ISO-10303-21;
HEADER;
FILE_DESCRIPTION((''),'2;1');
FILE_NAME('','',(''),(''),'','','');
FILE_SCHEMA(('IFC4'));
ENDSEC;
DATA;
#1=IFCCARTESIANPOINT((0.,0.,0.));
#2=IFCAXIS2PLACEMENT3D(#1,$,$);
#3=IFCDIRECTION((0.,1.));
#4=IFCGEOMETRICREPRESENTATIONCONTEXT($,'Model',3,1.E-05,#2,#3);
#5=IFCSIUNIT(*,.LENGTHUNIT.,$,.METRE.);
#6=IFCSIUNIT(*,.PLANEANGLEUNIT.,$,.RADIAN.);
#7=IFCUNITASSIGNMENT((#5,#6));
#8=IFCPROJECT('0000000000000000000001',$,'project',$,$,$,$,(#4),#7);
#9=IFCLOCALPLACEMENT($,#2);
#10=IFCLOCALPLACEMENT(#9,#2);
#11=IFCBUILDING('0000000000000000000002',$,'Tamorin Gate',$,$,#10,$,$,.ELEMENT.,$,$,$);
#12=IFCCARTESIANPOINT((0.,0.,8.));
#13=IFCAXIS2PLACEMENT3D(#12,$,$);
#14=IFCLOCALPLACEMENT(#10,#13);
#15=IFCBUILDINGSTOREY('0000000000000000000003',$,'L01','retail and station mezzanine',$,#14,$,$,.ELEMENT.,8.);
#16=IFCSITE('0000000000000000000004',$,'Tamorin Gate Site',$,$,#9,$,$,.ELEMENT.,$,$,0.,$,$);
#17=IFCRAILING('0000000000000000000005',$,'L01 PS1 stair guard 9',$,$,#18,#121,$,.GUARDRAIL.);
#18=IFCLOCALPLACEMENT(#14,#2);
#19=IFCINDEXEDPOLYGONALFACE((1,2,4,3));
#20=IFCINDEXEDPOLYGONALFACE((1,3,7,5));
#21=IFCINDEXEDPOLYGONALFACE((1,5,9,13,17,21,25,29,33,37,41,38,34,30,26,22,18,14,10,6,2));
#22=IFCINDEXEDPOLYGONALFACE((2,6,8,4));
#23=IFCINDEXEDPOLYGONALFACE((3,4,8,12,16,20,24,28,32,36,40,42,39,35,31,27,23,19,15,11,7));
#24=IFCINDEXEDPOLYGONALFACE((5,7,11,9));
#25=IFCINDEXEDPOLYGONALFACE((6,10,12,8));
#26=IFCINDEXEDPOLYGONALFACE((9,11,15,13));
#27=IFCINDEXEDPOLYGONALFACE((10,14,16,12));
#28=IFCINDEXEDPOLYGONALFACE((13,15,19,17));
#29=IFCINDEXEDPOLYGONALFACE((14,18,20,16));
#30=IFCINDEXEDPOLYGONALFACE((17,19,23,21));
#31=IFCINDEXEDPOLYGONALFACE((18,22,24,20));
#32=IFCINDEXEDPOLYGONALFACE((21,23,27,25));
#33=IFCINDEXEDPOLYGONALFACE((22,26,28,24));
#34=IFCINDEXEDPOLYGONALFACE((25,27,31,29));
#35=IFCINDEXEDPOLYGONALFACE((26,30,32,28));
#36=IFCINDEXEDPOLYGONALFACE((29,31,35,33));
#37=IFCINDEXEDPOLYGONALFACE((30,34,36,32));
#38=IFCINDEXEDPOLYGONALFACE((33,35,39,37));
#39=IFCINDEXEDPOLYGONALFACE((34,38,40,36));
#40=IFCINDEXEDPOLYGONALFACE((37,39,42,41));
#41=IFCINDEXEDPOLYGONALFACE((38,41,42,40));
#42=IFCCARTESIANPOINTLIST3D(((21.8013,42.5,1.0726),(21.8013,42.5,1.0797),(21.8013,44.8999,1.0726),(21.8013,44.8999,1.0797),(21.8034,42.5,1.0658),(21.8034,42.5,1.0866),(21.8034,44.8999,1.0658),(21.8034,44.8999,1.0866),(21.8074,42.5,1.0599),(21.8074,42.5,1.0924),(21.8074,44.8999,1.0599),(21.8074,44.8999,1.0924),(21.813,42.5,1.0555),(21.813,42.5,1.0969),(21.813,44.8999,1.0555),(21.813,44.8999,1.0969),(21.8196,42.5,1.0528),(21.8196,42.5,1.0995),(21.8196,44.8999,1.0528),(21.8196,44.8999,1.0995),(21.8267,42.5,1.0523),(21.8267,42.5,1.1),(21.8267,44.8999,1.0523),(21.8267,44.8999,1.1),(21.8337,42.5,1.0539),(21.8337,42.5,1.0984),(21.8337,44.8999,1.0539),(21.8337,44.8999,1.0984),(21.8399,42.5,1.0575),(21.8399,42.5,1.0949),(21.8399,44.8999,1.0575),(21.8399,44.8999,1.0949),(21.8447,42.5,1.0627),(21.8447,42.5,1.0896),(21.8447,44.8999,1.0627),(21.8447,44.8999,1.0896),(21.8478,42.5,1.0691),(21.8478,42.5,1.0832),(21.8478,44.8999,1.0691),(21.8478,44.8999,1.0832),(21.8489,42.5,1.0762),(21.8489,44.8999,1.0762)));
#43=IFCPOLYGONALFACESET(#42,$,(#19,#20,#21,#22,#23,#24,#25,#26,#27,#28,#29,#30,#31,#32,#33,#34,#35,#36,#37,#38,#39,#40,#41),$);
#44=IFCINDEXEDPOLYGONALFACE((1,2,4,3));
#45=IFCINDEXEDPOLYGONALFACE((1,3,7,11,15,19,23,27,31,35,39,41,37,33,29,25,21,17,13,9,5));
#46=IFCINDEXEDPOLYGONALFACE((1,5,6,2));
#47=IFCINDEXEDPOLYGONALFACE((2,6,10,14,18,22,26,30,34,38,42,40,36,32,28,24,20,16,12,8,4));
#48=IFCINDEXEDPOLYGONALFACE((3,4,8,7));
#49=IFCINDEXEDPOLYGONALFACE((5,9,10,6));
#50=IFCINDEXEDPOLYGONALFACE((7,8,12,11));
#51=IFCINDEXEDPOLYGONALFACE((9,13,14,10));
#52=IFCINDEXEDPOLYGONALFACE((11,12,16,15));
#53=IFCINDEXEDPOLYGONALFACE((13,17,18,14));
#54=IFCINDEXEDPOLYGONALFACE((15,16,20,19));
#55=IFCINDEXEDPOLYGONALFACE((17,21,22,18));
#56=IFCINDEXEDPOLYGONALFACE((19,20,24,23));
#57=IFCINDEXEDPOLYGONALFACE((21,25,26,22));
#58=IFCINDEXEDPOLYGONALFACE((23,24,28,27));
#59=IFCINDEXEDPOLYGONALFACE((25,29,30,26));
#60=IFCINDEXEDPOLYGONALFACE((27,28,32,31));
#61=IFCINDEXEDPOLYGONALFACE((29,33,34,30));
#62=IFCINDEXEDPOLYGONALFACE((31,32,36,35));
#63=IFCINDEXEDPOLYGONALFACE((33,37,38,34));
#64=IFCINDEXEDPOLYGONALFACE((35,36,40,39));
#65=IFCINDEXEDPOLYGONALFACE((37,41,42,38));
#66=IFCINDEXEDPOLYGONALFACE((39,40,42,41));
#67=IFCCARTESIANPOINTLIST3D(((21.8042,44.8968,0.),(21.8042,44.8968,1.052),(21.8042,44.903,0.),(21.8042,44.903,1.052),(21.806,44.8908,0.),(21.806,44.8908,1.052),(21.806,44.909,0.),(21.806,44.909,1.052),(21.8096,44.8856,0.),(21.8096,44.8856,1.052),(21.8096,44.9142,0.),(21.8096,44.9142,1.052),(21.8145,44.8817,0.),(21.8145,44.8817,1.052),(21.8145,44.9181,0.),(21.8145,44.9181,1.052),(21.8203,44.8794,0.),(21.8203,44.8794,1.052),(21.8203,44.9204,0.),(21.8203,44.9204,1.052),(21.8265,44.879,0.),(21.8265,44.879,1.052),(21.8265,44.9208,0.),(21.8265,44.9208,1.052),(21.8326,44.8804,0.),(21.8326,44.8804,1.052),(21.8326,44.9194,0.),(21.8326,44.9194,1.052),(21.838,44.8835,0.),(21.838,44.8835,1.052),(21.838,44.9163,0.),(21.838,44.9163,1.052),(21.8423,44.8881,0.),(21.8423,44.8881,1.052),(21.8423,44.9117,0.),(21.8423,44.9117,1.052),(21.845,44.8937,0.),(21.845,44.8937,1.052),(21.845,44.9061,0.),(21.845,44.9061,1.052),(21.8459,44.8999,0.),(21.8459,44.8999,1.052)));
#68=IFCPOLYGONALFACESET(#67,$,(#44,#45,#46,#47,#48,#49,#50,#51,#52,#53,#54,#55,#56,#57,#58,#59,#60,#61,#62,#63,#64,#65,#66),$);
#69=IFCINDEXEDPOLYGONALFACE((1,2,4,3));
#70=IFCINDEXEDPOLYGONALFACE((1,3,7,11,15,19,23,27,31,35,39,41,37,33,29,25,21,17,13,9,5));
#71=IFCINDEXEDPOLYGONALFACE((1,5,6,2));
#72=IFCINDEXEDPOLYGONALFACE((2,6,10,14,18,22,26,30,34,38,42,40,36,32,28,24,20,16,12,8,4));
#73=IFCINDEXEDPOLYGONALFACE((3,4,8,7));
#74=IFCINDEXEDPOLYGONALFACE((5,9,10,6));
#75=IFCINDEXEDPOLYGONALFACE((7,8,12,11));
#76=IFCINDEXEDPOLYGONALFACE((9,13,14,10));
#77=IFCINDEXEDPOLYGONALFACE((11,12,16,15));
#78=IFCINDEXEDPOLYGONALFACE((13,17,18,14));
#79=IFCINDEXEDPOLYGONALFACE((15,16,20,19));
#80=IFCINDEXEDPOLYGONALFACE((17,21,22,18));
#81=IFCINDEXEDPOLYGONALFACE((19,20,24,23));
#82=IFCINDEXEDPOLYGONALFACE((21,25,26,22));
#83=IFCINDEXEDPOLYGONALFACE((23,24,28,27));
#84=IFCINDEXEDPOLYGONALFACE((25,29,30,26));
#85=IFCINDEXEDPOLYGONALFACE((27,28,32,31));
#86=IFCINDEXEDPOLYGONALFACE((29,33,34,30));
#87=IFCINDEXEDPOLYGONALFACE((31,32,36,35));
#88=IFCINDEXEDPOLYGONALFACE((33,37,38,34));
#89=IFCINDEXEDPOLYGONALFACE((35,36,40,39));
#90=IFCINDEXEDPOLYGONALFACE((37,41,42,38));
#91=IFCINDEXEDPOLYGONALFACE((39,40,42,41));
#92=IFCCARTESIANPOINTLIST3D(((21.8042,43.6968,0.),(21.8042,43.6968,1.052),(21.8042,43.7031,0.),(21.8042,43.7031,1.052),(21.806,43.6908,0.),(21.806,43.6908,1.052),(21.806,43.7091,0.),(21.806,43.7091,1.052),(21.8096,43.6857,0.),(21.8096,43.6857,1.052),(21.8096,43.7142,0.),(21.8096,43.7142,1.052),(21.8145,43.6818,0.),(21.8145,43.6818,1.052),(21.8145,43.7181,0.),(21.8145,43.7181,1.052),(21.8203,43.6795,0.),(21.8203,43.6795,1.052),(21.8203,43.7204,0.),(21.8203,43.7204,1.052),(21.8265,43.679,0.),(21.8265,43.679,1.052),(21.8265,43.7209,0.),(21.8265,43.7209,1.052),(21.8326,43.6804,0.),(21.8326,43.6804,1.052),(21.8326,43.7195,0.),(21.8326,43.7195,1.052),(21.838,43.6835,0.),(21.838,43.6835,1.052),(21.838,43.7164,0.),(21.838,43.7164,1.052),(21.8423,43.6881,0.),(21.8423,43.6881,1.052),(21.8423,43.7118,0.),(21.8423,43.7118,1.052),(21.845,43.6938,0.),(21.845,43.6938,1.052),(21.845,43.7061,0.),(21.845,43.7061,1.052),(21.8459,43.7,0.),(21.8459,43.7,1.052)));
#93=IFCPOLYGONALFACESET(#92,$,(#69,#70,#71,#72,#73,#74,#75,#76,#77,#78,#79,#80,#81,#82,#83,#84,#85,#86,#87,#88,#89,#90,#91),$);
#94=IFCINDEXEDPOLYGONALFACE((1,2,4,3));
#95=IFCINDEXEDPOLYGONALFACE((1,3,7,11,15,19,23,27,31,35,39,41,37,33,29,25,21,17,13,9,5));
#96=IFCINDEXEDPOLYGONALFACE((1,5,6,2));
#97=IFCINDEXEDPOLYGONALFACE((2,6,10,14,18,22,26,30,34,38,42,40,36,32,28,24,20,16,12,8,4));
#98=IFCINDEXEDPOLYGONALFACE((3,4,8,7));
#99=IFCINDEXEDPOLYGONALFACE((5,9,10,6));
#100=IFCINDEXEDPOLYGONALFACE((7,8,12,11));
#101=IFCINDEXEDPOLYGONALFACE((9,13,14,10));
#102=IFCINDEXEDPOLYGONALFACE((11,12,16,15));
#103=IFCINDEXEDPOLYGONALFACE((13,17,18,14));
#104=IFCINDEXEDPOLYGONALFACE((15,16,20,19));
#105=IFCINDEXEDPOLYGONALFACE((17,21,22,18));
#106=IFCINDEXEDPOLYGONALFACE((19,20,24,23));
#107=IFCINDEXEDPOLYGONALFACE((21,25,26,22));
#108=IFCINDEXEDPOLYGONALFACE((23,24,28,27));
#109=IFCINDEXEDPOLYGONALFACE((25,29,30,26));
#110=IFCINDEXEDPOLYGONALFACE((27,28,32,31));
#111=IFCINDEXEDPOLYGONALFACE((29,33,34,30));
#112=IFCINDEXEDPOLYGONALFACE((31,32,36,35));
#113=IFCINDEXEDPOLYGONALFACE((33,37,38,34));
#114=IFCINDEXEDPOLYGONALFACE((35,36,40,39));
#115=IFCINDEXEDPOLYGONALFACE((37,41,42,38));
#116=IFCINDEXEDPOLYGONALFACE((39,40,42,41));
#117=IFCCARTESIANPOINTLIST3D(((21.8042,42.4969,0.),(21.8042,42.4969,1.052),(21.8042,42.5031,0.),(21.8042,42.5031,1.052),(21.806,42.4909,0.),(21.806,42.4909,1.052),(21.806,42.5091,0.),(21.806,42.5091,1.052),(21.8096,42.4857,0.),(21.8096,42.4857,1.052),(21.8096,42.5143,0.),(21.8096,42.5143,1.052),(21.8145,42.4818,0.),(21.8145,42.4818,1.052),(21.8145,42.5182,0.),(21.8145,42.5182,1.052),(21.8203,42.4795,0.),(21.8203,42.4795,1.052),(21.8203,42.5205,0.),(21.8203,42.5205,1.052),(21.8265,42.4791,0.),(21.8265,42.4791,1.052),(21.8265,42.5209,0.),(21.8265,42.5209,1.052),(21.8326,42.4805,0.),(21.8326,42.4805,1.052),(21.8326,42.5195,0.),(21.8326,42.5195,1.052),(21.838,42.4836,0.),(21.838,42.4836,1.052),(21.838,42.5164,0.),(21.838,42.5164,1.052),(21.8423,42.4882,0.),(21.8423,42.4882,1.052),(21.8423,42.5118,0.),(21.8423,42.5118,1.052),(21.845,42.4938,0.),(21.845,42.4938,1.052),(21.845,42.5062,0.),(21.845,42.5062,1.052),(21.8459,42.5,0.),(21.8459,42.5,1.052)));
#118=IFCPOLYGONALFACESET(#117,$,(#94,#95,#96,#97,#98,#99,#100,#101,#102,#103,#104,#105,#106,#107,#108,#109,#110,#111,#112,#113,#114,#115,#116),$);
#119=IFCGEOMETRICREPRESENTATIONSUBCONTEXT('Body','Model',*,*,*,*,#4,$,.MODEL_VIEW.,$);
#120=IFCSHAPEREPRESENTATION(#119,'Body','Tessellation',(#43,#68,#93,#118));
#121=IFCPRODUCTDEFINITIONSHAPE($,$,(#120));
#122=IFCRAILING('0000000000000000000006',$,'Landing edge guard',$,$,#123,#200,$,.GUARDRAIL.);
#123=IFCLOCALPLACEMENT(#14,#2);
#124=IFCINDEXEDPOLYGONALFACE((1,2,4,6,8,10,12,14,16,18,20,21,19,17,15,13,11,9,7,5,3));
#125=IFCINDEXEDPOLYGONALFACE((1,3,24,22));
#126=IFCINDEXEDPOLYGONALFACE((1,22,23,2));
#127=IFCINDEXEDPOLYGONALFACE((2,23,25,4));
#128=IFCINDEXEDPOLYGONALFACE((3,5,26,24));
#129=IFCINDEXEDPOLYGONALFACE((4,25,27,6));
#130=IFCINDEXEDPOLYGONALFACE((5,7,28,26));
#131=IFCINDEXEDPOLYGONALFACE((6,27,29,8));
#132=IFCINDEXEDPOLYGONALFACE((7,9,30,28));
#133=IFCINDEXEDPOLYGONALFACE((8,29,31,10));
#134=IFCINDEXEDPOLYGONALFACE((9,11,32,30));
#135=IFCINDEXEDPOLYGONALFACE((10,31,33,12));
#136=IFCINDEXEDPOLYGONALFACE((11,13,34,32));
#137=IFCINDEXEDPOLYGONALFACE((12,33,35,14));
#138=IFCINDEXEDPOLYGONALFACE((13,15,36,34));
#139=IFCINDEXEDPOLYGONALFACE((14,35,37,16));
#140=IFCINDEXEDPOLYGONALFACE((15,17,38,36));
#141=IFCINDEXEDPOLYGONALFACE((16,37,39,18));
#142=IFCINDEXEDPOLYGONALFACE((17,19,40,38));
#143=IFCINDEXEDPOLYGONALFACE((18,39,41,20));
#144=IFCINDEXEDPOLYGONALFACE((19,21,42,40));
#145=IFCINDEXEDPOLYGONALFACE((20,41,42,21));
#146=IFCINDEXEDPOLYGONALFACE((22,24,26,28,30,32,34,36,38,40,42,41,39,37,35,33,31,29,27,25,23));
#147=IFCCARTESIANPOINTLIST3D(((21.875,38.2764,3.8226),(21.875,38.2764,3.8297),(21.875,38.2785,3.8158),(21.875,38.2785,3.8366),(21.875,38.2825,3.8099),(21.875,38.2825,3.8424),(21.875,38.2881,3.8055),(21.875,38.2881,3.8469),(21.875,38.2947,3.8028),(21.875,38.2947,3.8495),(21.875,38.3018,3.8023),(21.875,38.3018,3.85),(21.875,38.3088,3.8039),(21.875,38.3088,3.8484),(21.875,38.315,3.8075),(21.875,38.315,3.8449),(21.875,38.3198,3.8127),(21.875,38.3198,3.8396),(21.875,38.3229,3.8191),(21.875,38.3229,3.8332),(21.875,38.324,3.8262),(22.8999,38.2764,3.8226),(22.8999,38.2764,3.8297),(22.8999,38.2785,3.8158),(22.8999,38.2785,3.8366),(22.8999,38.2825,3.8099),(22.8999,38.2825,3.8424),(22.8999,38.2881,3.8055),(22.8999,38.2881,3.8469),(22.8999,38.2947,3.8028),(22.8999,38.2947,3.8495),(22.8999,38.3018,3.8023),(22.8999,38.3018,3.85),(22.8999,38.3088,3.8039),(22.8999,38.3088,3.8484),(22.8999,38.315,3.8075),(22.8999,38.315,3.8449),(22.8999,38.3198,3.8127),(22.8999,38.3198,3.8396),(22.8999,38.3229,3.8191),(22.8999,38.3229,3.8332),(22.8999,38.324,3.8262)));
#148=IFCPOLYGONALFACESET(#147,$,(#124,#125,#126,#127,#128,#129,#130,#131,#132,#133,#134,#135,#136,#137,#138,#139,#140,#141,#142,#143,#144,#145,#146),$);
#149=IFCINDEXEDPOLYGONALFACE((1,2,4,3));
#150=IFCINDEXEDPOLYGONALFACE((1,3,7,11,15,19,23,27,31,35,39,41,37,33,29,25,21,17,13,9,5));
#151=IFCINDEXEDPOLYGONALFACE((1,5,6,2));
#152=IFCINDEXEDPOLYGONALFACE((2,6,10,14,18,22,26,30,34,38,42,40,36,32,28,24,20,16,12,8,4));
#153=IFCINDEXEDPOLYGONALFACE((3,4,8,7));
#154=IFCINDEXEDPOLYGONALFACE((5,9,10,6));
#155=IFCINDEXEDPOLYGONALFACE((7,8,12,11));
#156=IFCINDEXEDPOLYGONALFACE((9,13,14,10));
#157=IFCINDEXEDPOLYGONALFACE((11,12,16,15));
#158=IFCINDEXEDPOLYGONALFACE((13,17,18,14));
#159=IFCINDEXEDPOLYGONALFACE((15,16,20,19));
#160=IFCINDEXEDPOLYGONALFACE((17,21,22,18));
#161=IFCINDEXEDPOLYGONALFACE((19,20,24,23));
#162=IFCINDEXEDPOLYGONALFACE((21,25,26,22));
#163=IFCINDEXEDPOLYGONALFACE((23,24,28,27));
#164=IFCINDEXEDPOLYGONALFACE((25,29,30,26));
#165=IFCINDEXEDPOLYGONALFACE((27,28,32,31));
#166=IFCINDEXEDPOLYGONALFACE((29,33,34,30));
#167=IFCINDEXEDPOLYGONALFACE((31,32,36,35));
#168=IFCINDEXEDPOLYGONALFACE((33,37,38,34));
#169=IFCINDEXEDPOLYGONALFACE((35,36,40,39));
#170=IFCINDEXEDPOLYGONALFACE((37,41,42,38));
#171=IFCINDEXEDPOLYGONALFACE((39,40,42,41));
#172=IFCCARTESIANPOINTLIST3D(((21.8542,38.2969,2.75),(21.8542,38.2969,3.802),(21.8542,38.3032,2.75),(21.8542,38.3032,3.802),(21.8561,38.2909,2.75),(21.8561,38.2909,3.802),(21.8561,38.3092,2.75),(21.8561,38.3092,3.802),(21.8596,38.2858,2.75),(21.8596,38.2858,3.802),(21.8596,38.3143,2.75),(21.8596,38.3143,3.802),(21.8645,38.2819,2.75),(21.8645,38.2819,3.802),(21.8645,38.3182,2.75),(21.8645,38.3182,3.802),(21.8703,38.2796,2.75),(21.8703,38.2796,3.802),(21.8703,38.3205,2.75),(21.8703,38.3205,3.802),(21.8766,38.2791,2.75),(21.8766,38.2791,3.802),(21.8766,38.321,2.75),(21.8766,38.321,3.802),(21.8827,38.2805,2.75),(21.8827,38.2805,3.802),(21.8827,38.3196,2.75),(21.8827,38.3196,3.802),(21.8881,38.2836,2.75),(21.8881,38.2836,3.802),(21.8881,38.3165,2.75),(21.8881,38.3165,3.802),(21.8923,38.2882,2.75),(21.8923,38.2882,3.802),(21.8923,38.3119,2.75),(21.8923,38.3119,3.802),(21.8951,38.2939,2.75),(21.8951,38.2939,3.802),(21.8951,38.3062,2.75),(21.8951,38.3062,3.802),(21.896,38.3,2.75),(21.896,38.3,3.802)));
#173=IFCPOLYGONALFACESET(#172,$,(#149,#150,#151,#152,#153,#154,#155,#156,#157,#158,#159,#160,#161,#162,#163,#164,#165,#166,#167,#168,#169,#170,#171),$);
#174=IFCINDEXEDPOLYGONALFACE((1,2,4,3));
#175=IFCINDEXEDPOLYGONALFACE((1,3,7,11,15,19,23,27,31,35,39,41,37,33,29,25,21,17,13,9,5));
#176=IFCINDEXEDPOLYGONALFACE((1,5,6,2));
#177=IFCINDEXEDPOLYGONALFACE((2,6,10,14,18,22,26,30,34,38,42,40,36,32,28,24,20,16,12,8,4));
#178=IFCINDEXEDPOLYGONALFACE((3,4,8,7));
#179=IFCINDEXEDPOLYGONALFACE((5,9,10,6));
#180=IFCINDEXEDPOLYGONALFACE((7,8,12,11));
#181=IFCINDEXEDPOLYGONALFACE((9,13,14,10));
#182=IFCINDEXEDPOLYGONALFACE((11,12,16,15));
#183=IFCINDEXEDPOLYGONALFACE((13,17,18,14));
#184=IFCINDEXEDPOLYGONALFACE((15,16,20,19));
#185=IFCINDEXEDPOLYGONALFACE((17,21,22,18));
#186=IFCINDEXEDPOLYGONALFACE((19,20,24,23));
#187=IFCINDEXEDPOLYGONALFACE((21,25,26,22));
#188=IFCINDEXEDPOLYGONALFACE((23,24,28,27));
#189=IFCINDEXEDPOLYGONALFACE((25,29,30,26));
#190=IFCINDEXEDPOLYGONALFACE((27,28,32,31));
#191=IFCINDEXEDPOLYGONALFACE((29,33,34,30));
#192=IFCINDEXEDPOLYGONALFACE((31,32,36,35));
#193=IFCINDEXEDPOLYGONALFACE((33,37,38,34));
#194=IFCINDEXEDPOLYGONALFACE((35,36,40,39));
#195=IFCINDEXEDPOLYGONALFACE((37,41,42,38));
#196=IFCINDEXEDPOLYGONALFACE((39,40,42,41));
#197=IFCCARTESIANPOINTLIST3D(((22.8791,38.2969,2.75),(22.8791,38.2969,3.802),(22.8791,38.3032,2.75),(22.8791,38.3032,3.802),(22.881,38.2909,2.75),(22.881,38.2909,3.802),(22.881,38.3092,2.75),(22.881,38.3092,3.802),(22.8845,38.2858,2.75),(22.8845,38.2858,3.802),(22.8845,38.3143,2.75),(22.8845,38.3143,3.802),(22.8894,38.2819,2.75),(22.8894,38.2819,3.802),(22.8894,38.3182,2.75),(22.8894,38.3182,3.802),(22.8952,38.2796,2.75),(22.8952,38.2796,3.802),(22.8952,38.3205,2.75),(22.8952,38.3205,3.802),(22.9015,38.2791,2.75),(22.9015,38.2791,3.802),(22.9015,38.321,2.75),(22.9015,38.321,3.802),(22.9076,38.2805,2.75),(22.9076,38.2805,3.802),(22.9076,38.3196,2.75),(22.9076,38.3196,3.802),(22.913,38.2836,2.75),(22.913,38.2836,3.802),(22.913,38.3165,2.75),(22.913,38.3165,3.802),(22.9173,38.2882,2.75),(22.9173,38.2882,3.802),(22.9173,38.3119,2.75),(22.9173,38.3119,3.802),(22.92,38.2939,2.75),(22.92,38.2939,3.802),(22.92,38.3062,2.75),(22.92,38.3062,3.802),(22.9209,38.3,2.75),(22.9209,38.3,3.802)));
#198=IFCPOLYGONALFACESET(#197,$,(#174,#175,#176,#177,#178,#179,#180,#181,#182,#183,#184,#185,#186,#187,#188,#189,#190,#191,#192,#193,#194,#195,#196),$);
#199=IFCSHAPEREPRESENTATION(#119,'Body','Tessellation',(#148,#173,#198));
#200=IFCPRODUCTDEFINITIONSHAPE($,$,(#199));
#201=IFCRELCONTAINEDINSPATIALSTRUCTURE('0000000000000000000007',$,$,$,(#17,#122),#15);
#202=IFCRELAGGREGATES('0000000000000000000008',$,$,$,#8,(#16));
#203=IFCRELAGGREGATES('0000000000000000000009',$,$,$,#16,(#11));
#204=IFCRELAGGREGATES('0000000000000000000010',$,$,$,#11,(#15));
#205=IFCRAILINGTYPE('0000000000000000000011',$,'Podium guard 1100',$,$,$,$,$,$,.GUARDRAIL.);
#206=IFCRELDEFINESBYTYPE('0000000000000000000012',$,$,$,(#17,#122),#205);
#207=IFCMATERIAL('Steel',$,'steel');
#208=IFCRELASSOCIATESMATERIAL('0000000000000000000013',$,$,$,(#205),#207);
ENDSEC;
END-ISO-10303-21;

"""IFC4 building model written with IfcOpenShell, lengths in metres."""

from ifc_helpers import new_model, si_unit, direction, frame, origin, origin_2d, place, context, subcontext, project, spatial, circle, extrude, material, type_object, element, save


model = new_model("IFC4")

# Units and contexts
model_context = context("Model", 3, precision=1e-05, world=origin(), true_north=direction((0.0, 1.0)))
body_context = subcontext(model_context, "Body", "Model", "MODEL_VIEW")
ifc_project = project(units=[si_unit("LENGTHUNIT", "METRE"), si_unit("PLANEANGLEUNIT", "RADIAN")], contexts=[model_context])

# Site, building, storey
site_placement = place(None, origin())
site = spatial("IfcSite", under=ifc_project, at=site_placement, Name="Tamorin Gate Site", CompositionType="ELEMENT", RefElevation=0.0)
building_placement = place(site_placement, origin())
building = spatial("IfcBuilding", under=site, at=building_placement, Name="Tamorin Gate", CompositionType="ELEMENT")
storey_placement = place(building_placement, frame((0.0, 0.0, 8.0)))
storey = spatial("IfcBuildingStorey", under=building, at=storey_placement, Name="L01", Description="retail and station mezzanine", CompositionType="ELEMENT", Elevation=8.0)

# Railings
ifc_material_1 = material(Name="Steel", Category="steel")
railing_type_1 = type_object("IfcRailingType", Name="Podium guard 1100", PredefinedType="GUARDRAIL", material=ifc_material_1)
for number, where, name in (
    (1, (21.825, 44.8999, 0.0), "L01 PS1 stair guard 9"),
):
    element("IfcRailing", number, at=place(storey_placement, frame(where)), inside=storey, type_object=railing_type_1, Name=name, PredefinedType="GUARDRAIL", context=body_context, shape_type="SweptSolid", body=[
        extrude(circle(Radius=0.0239, at=origin_2d()), frame((0.0, 0.0, 1.0762), z_axis=(0.0, -1.0, 0.0), x_axis=(1.0, 0.0, 0.0)), (0.0, 0.0, 1.0), 2.3999),
        extrude(circle(Radius=0.021, at=origin_2d()), origin(), (0.0, 0.0, 1.0), 1.052),
        extrude(circle(Radius=0.021, at=origin_2d()), frame((0.0, -1.2, 0.0)), (0.0, 0.0, 1.0), 1.052),
        extrude(circle(Radius=0.021, at=origin_2d()), frame((0.0, -2.3999, 0.0)), (0.0, 0.0, 1.0), 1.052),
    ])
railing_1_placement = place(storey_placement, frame((21.875, 38.3, 2.75)))
element("IfcRailing", 2, at=railing_1_placement, inside=storey, type_object=railing_type_1, Name="Landing edge guard", PredefinedType="GUARDRAIL", context=body_context, shape_type="SweptSolid", body=[
    extrude(circle(Radius=0.0239, at=origin_2d()), frame((0.0, 0.0, 1.0762), z_axis=(1.0, 0.0, 0.0), x_axis=(0.0, 1.0, 0.0)), (0.0, 0.0, 1.0), 1.0249),
    extrude(circle(Radius=0.021, at=origin_2d()), origin(), (0.0, 0.0, 1.0), 1.052),
    extrude(circle(Radius=0.021, at=origin_2d()), frame((1.0249, 0.0, 0.0)), (0.0, 0.0, 1.0), 1.052),
])

save(model, "model.ifc")
